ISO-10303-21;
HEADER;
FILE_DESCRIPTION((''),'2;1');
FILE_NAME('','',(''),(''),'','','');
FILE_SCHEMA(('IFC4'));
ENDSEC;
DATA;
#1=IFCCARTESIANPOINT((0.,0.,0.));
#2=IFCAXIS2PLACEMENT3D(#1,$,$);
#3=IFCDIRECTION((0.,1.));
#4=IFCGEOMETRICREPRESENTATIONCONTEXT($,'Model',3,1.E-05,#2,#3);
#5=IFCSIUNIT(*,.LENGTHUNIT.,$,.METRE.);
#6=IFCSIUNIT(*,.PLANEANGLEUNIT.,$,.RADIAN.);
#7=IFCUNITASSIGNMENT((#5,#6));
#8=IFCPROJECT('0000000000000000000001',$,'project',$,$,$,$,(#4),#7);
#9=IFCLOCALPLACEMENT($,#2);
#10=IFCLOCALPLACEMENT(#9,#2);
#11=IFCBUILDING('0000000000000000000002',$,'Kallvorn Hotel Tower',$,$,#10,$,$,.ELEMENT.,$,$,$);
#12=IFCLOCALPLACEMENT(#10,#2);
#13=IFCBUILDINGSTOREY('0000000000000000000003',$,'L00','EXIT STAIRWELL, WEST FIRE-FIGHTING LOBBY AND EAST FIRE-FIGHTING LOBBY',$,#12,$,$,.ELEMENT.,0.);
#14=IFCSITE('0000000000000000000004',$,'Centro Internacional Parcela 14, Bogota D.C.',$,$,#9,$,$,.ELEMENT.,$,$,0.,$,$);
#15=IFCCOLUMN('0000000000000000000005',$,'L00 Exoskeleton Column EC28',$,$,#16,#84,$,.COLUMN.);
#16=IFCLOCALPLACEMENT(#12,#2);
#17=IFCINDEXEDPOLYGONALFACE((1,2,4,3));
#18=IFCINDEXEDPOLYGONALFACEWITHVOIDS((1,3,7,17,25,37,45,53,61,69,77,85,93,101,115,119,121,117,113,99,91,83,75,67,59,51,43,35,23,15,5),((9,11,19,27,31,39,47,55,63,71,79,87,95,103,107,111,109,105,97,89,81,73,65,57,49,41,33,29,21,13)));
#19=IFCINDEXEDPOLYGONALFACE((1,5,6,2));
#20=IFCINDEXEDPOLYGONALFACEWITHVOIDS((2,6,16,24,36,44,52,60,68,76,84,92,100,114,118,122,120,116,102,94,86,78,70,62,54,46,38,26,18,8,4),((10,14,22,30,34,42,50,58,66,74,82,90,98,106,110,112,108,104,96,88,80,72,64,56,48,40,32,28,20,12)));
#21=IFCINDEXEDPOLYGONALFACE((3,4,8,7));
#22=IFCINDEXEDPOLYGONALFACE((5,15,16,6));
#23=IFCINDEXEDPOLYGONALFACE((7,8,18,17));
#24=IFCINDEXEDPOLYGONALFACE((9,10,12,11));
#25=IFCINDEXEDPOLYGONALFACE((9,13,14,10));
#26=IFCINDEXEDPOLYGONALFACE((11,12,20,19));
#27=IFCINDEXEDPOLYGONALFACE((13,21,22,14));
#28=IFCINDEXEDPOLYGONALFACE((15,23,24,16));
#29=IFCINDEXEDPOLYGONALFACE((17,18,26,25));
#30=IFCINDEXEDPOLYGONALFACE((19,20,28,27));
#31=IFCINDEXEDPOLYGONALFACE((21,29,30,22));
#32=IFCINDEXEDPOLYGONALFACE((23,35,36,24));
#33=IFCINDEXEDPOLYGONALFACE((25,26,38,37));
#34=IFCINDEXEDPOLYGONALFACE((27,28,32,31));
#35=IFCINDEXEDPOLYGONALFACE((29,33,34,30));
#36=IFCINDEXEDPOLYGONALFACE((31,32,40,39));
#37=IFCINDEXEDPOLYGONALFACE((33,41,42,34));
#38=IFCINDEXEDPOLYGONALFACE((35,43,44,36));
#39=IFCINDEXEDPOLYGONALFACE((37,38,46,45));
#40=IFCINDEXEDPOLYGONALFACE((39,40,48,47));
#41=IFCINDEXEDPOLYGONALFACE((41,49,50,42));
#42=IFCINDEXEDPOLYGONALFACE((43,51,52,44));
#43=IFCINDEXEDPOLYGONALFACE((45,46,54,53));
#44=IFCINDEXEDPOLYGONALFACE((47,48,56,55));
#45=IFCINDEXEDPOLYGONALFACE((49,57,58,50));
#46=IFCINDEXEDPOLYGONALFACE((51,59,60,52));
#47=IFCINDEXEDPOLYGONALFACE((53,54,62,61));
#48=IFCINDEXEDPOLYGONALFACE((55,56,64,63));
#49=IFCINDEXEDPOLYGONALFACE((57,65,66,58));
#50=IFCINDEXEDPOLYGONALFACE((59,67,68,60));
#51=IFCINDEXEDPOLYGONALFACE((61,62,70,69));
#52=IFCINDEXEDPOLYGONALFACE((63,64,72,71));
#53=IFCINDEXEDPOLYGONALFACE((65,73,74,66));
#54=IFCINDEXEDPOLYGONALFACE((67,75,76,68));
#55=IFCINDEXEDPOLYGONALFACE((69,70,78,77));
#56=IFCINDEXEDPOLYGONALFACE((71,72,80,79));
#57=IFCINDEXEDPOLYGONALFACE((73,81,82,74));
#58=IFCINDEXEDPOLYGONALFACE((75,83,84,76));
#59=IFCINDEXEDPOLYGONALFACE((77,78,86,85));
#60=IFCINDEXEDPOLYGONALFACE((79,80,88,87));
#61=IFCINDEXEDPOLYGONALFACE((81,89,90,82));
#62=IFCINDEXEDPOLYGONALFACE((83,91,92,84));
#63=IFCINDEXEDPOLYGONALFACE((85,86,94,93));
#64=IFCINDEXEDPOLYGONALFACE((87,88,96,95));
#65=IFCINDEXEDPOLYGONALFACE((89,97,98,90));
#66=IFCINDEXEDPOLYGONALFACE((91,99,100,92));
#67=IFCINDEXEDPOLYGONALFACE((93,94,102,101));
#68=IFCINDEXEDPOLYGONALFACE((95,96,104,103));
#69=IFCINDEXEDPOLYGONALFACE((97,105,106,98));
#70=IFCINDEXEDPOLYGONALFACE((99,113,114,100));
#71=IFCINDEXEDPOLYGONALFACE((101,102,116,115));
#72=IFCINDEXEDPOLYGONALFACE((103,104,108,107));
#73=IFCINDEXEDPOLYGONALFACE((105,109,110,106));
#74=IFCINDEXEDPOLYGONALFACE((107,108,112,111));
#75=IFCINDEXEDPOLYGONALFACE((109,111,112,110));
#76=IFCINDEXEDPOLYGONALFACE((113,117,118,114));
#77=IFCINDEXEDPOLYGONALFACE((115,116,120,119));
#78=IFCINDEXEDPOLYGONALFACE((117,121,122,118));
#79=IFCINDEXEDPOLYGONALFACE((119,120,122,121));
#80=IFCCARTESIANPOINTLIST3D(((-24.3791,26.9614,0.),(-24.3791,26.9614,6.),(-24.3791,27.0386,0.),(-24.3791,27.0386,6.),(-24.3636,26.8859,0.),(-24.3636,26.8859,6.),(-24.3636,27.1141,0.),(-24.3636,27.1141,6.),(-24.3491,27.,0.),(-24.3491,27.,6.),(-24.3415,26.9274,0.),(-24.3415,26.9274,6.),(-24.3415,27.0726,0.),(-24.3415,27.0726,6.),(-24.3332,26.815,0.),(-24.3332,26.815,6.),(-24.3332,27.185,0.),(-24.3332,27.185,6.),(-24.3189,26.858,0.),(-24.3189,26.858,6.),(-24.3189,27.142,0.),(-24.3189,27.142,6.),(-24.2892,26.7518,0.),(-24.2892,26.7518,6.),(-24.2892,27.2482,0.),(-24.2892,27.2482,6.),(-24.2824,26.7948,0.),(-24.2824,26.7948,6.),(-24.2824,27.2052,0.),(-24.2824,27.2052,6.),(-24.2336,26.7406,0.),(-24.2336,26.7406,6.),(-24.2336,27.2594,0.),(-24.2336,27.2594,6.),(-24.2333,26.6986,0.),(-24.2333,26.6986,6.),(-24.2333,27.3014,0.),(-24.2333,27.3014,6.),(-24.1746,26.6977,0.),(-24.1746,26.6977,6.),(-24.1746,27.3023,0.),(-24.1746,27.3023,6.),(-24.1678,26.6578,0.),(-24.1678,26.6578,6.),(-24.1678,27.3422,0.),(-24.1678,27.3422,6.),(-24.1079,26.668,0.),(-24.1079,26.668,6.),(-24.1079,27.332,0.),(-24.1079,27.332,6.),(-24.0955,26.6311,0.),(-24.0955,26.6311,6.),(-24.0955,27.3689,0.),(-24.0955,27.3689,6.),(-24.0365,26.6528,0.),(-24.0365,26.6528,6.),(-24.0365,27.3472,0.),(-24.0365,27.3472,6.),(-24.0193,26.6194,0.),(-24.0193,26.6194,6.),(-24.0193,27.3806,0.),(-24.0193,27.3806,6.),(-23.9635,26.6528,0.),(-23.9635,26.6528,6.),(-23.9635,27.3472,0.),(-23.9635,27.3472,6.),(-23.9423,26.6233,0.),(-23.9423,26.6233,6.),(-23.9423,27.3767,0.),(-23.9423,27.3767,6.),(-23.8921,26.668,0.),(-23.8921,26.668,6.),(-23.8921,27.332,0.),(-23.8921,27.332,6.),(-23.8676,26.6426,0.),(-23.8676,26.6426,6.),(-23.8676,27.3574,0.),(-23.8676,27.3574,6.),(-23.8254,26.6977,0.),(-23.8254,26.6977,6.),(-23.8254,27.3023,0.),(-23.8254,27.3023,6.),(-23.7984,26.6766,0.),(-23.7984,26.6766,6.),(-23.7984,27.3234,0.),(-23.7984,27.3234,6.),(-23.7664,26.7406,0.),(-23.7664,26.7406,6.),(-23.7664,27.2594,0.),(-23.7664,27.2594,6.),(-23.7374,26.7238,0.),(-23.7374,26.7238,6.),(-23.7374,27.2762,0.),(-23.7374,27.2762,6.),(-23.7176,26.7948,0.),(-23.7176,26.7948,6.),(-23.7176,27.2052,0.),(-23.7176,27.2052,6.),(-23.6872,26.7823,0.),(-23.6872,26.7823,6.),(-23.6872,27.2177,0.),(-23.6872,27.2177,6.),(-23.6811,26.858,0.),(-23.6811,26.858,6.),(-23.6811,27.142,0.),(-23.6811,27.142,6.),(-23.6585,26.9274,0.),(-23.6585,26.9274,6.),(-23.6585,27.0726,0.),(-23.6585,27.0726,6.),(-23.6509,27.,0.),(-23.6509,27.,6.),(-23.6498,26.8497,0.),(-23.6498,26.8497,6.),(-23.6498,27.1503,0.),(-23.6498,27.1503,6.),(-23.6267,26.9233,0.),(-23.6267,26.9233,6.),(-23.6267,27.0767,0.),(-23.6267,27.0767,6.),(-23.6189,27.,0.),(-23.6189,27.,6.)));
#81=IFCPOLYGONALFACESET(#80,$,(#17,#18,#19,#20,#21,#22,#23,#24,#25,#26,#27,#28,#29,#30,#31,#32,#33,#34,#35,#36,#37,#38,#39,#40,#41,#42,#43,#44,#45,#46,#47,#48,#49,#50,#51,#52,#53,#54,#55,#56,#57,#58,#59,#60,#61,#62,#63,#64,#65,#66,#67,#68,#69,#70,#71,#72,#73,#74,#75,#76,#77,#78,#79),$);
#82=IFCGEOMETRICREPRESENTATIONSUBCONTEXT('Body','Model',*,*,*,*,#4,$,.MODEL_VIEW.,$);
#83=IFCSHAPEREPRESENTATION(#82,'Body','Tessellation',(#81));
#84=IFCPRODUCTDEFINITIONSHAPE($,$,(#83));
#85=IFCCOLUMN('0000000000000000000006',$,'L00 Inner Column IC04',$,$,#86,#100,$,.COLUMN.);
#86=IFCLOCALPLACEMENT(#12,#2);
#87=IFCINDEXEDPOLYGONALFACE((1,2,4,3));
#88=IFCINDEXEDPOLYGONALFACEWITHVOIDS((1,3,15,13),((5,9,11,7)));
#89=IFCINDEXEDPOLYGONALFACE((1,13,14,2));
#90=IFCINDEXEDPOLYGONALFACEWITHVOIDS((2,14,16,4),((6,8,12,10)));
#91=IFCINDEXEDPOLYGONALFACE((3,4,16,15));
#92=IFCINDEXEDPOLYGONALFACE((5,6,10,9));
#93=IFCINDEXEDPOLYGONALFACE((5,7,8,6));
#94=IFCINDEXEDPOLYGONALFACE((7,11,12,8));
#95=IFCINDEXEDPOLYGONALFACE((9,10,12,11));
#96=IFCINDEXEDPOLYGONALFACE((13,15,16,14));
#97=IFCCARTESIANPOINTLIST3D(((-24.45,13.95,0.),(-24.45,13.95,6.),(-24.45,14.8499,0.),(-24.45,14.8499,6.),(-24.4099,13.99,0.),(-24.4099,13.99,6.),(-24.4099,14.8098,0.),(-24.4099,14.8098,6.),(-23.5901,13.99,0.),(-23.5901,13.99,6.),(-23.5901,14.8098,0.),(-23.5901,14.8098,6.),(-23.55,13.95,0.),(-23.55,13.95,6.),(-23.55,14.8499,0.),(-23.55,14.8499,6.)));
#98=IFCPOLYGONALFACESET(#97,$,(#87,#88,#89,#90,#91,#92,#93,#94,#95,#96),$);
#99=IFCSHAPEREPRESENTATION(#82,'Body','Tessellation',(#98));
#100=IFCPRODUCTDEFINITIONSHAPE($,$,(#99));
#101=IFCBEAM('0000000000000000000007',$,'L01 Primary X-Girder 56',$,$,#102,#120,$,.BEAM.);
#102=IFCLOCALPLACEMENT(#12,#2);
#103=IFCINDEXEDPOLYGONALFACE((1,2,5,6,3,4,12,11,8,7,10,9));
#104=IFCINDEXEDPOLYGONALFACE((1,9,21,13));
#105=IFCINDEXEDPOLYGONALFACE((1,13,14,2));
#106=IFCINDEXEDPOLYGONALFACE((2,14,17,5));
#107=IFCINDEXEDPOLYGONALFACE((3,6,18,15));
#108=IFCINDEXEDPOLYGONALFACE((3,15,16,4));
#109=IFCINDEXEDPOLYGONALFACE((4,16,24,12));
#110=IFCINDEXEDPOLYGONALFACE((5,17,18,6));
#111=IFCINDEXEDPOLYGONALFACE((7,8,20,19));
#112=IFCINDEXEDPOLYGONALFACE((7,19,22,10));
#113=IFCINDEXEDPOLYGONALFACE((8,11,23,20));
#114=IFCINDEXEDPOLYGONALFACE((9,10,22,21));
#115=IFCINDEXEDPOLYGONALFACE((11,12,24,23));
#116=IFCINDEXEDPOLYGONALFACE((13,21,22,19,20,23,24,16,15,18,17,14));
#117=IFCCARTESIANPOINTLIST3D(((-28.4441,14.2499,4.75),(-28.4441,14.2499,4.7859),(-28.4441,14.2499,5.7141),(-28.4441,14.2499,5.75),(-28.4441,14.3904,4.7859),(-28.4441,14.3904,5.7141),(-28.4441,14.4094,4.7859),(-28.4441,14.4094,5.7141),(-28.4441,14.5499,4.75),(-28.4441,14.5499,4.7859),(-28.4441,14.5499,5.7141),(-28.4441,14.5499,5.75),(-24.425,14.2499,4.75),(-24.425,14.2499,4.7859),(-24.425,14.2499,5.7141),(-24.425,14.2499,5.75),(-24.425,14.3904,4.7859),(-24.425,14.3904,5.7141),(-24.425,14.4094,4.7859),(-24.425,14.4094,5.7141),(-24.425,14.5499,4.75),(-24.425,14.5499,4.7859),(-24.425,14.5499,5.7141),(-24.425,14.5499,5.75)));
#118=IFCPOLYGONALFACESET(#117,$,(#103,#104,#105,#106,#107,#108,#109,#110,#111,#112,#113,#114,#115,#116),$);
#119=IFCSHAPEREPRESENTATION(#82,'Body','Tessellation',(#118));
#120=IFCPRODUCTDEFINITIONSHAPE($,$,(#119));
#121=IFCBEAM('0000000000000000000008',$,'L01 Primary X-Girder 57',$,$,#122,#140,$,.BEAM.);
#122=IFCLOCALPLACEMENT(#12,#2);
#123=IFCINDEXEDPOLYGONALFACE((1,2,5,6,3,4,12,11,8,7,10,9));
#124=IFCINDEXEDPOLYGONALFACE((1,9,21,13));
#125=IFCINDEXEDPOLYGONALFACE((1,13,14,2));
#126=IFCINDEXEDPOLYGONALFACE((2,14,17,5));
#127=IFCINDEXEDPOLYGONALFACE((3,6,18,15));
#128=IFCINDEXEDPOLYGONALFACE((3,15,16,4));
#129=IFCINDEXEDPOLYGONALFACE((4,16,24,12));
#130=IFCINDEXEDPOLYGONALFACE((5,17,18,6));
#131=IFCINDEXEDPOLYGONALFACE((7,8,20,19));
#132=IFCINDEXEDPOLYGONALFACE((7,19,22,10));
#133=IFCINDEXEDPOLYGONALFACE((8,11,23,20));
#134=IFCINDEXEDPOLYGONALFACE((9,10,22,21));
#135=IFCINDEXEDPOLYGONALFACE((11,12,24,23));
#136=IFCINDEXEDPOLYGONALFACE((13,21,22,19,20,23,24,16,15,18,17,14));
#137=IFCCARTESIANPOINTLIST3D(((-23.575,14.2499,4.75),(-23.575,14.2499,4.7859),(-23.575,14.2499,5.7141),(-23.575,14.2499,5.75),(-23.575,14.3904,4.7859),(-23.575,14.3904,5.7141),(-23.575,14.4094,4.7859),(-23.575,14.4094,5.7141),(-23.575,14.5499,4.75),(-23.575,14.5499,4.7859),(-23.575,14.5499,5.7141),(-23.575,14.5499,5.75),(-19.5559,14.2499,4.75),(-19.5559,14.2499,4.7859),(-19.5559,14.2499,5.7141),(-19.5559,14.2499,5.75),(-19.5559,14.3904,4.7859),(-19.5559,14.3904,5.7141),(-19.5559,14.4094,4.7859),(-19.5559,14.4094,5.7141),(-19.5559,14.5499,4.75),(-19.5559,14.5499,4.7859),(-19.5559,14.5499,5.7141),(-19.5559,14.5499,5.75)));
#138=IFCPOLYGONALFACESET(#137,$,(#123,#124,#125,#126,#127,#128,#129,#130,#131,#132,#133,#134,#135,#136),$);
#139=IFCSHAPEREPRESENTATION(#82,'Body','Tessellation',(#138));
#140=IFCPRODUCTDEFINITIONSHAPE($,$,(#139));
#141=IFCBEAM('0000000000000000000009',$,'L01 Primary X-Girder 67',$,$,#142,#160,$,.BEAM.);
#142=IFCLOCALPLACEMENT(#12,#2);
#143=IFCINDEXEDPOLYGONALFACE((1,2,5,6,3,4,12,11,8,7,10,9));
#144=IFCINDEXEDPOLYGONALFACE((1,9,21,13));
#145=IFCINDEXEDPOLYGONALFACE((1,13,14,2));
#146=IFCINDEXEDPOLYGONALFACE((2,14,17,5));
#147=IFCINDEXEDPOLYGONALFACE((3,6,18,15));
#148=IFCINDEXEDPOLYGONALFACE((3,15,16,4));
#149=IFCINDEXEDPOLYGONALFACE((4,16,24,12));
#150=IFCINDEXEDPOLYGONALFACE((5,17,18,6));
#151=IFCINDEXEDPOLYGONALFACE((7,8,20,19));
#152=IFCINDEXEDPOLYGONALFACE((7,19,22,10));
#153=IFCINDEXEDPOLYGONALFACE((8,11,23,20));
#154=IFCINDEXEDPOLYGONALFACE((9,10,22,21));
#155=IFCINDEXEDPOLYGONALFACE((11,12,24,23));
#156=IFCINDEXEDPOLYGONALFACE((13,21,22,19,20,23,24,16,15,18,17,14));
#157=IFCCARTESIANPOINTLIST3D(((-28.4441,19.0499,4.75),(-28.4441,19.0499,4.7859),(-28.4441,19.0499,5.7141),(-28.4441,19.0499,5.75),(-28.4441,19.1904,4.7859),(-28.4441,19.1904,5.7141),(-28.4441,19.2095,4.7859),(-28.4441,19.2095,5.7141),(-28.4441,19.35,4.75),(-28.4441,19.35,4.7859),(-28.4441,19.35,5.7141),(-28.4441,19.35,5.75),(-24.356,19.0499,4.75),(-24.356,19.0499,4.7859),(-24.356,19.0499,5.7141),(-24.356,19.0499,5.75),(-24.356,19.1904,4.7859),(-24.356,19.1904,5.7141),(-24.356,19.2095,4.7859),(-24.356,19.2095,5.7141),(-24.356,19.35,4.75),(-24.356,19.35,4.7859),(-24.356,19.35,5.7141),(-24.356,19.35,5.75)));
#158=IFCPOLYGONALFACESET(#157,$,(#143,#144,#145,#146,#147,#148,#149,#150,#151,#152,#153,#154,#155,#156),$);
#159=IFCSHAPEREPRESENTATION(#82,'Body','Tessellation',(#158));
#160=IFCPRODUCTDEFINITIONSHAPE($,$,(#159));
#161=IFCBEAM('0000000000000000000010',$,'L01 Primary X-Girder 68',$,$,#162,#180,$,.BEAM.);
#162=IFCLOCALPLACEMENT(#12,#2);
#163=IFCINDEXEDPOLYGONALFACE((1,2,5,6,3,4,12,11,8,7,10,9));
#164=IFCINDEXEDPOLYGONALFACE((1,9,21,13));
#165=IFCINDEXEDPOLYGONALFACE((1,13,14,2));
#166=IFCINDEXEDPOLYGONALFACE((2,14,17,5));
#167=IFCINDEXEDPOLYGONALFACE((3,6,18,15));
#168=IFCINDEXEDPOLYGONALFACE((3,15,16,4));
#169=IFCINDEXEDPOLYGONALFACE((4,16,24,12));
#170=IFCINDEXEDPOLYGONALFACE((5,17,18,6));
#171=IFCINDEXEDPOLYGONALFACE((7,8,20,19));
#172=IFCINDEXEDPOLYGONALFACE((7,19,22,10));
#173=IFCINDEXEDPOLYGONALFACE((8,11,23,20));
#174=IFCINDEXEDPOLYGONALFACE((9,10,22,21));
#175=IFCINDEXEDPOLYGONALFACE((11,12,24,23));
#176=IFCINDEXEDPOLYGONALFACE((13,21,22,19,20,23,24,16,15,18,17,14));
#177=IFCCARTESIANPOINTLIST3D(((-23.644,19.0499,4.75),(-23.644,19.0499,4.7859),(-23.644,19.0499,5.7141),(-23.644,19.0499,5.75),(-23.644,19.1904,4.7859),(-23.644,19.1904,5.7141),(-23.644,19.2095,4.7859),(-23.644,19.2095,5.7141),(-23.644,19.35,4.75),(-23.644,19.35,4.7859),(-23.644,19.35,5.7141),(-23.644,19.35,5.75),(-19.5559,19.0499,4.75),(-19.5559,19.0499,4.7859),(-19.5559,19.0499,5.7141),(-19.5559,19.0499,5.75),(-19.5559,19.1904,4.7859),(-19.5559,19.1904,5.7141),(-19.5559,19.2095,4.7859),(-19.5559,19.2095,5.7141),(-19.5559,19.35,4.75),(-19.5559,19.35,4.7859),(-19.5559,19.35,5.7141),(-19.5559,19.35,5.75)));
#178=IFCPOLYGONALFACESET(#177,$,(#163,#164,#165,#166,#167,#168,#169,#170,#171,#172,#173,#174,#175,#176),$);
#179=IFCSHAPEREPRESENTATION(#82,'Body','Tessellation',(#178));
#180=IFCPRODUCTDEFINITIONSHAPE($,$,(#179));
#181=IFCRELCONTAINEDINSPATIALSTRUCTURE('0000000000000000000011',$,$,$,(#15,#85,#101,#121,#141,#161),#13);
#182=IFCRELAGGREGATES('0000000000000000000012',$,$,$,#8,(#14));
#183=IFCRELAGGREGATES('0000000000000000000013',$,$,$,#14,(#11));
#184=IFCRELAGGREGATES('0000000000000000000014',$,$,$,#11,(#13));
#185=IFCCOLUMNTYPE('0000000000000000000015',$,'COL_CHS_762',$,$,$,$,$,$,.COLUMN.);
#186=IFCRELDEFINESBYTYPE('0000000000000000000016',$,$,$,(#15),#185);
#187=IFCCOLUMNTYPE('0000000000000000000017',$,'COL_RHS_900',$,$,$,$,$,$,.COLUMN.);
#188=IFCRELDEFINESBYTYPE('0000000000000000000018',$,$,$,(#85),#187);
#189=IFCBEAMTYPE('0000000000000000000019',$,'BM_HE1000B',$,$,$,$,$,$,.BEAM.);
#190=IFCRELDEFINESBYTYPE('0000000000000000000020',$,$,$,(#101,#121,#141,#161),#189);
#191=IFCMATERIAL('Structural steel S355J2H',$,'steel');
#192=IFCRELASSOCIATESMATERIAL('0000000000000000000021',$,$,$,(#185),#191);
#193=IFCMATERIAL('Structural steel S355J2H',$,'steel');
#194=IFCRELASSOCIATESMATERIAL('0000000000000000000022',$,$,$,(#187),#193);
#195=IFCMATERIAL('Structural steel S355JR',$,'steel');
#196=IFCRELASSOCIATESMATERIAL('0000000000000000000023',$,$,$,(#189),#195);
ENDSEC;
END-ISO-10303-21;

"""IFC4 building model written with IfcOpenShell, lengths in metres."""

from ifc_helpers import new_model, si_unit, direction, frame, origin, origin_2d, place, context, subcontext, project, spatial, hollow_rectangle, hollow_circle, i_section, extrude, material, material_profile, profile_set, type_object, element, save


model = new_model("IFC4")

# Units and contexts
model_context = context("Model", 3, precision=1e-05, world=origin(), true_north=direction((0.0, 1.0)))
body_context = subcontext(model_context, "Body", "Model", "MODEL_VIEW")
ifc_project = project(units=[si_unit("LENGTHUNIT", "METRE"), si_unit("PLANEANGLEUNIT", "RADIAN")], contexts=[model_context])

# Site, building, storey
site_placement = place(None, origin())
site = spatial("IfcSite", under=ifc_project, at=site_placement, Name="Centro Internacional Parcela 14, Bogota D.C.", CompositionType="ELEMENT", RefElevation=0.0)
building_placement = place(site_placement, origin())
building = spatial("IfcBuilding", under=site, at=building_placement, Name="Kallvorn Hotel Tower", CompositionType="ELEMENT")
storey_placement = place(building_placement, origin())
storey = spatial("IfcBuildingStorey", under=building, at=storey_placement, Name="L00", Description="EXIT STAIRWELL, WEST FIRE-FIGHTING LOBBY AND EAST FIRE-FIGHTING LOBBY", CompositionType="ELEMENT", Elevation=0.0)

# Columns
ifc_material_1 = material(Name="Structural steel S355J2H", Category="steel")
ifc_material_profile_1 = material_profile(ifc_material_1, hollow_circle(Radius=0.3811, WallThickness=0.032, at=origin_2d()), Name="CHS 762x32")
ifc_profile_set_1 = profile_set([ifc_material_profile_1], Name="Structural steel S355J2H")
column_type_1 = type_object("IfcColumnType", Name="COL_CHS_762", PredefinedType="COLUMN", material=ifc_profile_set_1)
for number, where, z_axis, x_axis, name in (
    (1, (-24.0, 27.0, 0.0), (0.0, 0.0, 1.0), (1.0, 0.0, 0.0), "L00 Exoskeleton Column EC28"),
):
    element("IfcColumn", number, at=place(storey_placement, frame(where, z_axis=z_axis, x_axis=x_axis)), inside=storey, type_object=column_type_1, Name=name, PredefinedType="COLUMN", context=body_context, shape_type="SweptSolid", body=[
        extrude(hollow_circle(Radius=0.3811, WallThickness=0.032, at=origin_2d()), origin(), (0.0, 0.0, 1.0), 6.0),
    ])
ifc_material_2 = material(Name="Structural steel S355J2H", Category="steel")
ifc_material_profile_2 = material_profile(ifc_material_2, hollow_rectangle(XDim=0.8999, YDim=0.8999, WallThickness=0.04, at=origin_2d()), Name="RHS 900x900x40")
ifc_profile_set_2 = profile_set([ifc_material_profile_2], Name="Structural steel S355J2H")
column_type_2 = type_object("IfcColumnType", Name="COL_RHS_900", PredefinedType="COLUMN", material=ifc_profile_set_2)
column_placement = place(storey_placement, frame((-24.0, 14.3999, 0.0), z_axis=(0.0, 0.0, 1.0), x_axis=(1.0, 0.0, 0.0)))
element("IfcColumn", 2, at=column_placement, inside=storey, type_object=column_type_2, Name="L00 Inner Column IC04", PredefinedType="COLUMN", context=body_context, shape_type="SweptSolid", body=[
    extrude(hollow_rectangle(XDim=0.8999, YDim=0.8999, WallThickness=0.04, at=origin_2d()), origin(), (0.0, 0.0, 1.0), 6.0),
])

# Beams
ifc_material_3 = material(Name="Structural steel S355JR", Category="steel")
ifc_material_profile_3 = material_profile(ifc_material_3, i_section(OverallWidth=0.3, OverallDepth=1.0, WebThickness=0.019, FlangeThickness=0.0359, at=origin_2d()), Name="HE 1000 B")
ifc_profile_set_3 = profile_set([ifc_material_profile_3], Name="Structural steel S355JR")
beam_type_1 = type_object("IfcBeamType", Name="BM_HE1000B", PredefinedType="BEAM", material=ifc_profile_set_3)
for number, where, z_axis, x_axis, name in (
    (3, (-28.4441, 14.3999, 5.25), (1.0, 0.0, 0.0), (0.0, 1.0, 0.0), "L01 Primary X-Girder 56"),
    (4, (-23.575, 14.3999, 5.25), (1.0, 0.0, 0.0), (0.0, 1.0, 0.0), "L01 Primary X-Girder 57"),
):
    element("IfcBeam", number, at=place(storey_placement, frame(where, z_axis=z_axis, x_axis=x_axis)), inside=storey, type_object=beam_type_1, Name=name, PredefinedType="BEAM", context=body_context, shape_type="SweptSolid", body=[
        extrude(i_section(OverallWidth=0.3, OverallDepth=1.0, WebThickness=0.019, FlangeThickness=0.0359, at=origin_2d()), origin(), (0.0, 0.0, 1.0), 4.019),
    ])
for number, where, z_axis, x_axis, name in (
    (5, (-28.4441, 19.2, 5.25), (1.0, 0.0, 0.0), (0.0, 1.0, 0.0), "L01 Primary X-Girder 67"),
    (6, (-23.644, 19.2, 5.25), (1.0, 0.0, 0.0), (0.0, 1.0, 0.0), "L01 Primary X-Girder 68"),
):
    element("IfcBeam", number, at=place(storey_placement, frame(where, z_axis=z_axis, x_axis=x_axis)), inside=storey, type_object=beam_type_1, Name=name, PredefinedType="BEAM", context=body_context, shape_type="SweptSolid", body=[
        extrude(i_section(OverallWidth=0.3, OverallDepth=1.0, WebThickness=0.019, FlangeThickness=0.0359, at=origin_2d()), origin(), (0.0, 0.0, 1.0), 4.0881),
    ])

save(model, "model.ifc")
